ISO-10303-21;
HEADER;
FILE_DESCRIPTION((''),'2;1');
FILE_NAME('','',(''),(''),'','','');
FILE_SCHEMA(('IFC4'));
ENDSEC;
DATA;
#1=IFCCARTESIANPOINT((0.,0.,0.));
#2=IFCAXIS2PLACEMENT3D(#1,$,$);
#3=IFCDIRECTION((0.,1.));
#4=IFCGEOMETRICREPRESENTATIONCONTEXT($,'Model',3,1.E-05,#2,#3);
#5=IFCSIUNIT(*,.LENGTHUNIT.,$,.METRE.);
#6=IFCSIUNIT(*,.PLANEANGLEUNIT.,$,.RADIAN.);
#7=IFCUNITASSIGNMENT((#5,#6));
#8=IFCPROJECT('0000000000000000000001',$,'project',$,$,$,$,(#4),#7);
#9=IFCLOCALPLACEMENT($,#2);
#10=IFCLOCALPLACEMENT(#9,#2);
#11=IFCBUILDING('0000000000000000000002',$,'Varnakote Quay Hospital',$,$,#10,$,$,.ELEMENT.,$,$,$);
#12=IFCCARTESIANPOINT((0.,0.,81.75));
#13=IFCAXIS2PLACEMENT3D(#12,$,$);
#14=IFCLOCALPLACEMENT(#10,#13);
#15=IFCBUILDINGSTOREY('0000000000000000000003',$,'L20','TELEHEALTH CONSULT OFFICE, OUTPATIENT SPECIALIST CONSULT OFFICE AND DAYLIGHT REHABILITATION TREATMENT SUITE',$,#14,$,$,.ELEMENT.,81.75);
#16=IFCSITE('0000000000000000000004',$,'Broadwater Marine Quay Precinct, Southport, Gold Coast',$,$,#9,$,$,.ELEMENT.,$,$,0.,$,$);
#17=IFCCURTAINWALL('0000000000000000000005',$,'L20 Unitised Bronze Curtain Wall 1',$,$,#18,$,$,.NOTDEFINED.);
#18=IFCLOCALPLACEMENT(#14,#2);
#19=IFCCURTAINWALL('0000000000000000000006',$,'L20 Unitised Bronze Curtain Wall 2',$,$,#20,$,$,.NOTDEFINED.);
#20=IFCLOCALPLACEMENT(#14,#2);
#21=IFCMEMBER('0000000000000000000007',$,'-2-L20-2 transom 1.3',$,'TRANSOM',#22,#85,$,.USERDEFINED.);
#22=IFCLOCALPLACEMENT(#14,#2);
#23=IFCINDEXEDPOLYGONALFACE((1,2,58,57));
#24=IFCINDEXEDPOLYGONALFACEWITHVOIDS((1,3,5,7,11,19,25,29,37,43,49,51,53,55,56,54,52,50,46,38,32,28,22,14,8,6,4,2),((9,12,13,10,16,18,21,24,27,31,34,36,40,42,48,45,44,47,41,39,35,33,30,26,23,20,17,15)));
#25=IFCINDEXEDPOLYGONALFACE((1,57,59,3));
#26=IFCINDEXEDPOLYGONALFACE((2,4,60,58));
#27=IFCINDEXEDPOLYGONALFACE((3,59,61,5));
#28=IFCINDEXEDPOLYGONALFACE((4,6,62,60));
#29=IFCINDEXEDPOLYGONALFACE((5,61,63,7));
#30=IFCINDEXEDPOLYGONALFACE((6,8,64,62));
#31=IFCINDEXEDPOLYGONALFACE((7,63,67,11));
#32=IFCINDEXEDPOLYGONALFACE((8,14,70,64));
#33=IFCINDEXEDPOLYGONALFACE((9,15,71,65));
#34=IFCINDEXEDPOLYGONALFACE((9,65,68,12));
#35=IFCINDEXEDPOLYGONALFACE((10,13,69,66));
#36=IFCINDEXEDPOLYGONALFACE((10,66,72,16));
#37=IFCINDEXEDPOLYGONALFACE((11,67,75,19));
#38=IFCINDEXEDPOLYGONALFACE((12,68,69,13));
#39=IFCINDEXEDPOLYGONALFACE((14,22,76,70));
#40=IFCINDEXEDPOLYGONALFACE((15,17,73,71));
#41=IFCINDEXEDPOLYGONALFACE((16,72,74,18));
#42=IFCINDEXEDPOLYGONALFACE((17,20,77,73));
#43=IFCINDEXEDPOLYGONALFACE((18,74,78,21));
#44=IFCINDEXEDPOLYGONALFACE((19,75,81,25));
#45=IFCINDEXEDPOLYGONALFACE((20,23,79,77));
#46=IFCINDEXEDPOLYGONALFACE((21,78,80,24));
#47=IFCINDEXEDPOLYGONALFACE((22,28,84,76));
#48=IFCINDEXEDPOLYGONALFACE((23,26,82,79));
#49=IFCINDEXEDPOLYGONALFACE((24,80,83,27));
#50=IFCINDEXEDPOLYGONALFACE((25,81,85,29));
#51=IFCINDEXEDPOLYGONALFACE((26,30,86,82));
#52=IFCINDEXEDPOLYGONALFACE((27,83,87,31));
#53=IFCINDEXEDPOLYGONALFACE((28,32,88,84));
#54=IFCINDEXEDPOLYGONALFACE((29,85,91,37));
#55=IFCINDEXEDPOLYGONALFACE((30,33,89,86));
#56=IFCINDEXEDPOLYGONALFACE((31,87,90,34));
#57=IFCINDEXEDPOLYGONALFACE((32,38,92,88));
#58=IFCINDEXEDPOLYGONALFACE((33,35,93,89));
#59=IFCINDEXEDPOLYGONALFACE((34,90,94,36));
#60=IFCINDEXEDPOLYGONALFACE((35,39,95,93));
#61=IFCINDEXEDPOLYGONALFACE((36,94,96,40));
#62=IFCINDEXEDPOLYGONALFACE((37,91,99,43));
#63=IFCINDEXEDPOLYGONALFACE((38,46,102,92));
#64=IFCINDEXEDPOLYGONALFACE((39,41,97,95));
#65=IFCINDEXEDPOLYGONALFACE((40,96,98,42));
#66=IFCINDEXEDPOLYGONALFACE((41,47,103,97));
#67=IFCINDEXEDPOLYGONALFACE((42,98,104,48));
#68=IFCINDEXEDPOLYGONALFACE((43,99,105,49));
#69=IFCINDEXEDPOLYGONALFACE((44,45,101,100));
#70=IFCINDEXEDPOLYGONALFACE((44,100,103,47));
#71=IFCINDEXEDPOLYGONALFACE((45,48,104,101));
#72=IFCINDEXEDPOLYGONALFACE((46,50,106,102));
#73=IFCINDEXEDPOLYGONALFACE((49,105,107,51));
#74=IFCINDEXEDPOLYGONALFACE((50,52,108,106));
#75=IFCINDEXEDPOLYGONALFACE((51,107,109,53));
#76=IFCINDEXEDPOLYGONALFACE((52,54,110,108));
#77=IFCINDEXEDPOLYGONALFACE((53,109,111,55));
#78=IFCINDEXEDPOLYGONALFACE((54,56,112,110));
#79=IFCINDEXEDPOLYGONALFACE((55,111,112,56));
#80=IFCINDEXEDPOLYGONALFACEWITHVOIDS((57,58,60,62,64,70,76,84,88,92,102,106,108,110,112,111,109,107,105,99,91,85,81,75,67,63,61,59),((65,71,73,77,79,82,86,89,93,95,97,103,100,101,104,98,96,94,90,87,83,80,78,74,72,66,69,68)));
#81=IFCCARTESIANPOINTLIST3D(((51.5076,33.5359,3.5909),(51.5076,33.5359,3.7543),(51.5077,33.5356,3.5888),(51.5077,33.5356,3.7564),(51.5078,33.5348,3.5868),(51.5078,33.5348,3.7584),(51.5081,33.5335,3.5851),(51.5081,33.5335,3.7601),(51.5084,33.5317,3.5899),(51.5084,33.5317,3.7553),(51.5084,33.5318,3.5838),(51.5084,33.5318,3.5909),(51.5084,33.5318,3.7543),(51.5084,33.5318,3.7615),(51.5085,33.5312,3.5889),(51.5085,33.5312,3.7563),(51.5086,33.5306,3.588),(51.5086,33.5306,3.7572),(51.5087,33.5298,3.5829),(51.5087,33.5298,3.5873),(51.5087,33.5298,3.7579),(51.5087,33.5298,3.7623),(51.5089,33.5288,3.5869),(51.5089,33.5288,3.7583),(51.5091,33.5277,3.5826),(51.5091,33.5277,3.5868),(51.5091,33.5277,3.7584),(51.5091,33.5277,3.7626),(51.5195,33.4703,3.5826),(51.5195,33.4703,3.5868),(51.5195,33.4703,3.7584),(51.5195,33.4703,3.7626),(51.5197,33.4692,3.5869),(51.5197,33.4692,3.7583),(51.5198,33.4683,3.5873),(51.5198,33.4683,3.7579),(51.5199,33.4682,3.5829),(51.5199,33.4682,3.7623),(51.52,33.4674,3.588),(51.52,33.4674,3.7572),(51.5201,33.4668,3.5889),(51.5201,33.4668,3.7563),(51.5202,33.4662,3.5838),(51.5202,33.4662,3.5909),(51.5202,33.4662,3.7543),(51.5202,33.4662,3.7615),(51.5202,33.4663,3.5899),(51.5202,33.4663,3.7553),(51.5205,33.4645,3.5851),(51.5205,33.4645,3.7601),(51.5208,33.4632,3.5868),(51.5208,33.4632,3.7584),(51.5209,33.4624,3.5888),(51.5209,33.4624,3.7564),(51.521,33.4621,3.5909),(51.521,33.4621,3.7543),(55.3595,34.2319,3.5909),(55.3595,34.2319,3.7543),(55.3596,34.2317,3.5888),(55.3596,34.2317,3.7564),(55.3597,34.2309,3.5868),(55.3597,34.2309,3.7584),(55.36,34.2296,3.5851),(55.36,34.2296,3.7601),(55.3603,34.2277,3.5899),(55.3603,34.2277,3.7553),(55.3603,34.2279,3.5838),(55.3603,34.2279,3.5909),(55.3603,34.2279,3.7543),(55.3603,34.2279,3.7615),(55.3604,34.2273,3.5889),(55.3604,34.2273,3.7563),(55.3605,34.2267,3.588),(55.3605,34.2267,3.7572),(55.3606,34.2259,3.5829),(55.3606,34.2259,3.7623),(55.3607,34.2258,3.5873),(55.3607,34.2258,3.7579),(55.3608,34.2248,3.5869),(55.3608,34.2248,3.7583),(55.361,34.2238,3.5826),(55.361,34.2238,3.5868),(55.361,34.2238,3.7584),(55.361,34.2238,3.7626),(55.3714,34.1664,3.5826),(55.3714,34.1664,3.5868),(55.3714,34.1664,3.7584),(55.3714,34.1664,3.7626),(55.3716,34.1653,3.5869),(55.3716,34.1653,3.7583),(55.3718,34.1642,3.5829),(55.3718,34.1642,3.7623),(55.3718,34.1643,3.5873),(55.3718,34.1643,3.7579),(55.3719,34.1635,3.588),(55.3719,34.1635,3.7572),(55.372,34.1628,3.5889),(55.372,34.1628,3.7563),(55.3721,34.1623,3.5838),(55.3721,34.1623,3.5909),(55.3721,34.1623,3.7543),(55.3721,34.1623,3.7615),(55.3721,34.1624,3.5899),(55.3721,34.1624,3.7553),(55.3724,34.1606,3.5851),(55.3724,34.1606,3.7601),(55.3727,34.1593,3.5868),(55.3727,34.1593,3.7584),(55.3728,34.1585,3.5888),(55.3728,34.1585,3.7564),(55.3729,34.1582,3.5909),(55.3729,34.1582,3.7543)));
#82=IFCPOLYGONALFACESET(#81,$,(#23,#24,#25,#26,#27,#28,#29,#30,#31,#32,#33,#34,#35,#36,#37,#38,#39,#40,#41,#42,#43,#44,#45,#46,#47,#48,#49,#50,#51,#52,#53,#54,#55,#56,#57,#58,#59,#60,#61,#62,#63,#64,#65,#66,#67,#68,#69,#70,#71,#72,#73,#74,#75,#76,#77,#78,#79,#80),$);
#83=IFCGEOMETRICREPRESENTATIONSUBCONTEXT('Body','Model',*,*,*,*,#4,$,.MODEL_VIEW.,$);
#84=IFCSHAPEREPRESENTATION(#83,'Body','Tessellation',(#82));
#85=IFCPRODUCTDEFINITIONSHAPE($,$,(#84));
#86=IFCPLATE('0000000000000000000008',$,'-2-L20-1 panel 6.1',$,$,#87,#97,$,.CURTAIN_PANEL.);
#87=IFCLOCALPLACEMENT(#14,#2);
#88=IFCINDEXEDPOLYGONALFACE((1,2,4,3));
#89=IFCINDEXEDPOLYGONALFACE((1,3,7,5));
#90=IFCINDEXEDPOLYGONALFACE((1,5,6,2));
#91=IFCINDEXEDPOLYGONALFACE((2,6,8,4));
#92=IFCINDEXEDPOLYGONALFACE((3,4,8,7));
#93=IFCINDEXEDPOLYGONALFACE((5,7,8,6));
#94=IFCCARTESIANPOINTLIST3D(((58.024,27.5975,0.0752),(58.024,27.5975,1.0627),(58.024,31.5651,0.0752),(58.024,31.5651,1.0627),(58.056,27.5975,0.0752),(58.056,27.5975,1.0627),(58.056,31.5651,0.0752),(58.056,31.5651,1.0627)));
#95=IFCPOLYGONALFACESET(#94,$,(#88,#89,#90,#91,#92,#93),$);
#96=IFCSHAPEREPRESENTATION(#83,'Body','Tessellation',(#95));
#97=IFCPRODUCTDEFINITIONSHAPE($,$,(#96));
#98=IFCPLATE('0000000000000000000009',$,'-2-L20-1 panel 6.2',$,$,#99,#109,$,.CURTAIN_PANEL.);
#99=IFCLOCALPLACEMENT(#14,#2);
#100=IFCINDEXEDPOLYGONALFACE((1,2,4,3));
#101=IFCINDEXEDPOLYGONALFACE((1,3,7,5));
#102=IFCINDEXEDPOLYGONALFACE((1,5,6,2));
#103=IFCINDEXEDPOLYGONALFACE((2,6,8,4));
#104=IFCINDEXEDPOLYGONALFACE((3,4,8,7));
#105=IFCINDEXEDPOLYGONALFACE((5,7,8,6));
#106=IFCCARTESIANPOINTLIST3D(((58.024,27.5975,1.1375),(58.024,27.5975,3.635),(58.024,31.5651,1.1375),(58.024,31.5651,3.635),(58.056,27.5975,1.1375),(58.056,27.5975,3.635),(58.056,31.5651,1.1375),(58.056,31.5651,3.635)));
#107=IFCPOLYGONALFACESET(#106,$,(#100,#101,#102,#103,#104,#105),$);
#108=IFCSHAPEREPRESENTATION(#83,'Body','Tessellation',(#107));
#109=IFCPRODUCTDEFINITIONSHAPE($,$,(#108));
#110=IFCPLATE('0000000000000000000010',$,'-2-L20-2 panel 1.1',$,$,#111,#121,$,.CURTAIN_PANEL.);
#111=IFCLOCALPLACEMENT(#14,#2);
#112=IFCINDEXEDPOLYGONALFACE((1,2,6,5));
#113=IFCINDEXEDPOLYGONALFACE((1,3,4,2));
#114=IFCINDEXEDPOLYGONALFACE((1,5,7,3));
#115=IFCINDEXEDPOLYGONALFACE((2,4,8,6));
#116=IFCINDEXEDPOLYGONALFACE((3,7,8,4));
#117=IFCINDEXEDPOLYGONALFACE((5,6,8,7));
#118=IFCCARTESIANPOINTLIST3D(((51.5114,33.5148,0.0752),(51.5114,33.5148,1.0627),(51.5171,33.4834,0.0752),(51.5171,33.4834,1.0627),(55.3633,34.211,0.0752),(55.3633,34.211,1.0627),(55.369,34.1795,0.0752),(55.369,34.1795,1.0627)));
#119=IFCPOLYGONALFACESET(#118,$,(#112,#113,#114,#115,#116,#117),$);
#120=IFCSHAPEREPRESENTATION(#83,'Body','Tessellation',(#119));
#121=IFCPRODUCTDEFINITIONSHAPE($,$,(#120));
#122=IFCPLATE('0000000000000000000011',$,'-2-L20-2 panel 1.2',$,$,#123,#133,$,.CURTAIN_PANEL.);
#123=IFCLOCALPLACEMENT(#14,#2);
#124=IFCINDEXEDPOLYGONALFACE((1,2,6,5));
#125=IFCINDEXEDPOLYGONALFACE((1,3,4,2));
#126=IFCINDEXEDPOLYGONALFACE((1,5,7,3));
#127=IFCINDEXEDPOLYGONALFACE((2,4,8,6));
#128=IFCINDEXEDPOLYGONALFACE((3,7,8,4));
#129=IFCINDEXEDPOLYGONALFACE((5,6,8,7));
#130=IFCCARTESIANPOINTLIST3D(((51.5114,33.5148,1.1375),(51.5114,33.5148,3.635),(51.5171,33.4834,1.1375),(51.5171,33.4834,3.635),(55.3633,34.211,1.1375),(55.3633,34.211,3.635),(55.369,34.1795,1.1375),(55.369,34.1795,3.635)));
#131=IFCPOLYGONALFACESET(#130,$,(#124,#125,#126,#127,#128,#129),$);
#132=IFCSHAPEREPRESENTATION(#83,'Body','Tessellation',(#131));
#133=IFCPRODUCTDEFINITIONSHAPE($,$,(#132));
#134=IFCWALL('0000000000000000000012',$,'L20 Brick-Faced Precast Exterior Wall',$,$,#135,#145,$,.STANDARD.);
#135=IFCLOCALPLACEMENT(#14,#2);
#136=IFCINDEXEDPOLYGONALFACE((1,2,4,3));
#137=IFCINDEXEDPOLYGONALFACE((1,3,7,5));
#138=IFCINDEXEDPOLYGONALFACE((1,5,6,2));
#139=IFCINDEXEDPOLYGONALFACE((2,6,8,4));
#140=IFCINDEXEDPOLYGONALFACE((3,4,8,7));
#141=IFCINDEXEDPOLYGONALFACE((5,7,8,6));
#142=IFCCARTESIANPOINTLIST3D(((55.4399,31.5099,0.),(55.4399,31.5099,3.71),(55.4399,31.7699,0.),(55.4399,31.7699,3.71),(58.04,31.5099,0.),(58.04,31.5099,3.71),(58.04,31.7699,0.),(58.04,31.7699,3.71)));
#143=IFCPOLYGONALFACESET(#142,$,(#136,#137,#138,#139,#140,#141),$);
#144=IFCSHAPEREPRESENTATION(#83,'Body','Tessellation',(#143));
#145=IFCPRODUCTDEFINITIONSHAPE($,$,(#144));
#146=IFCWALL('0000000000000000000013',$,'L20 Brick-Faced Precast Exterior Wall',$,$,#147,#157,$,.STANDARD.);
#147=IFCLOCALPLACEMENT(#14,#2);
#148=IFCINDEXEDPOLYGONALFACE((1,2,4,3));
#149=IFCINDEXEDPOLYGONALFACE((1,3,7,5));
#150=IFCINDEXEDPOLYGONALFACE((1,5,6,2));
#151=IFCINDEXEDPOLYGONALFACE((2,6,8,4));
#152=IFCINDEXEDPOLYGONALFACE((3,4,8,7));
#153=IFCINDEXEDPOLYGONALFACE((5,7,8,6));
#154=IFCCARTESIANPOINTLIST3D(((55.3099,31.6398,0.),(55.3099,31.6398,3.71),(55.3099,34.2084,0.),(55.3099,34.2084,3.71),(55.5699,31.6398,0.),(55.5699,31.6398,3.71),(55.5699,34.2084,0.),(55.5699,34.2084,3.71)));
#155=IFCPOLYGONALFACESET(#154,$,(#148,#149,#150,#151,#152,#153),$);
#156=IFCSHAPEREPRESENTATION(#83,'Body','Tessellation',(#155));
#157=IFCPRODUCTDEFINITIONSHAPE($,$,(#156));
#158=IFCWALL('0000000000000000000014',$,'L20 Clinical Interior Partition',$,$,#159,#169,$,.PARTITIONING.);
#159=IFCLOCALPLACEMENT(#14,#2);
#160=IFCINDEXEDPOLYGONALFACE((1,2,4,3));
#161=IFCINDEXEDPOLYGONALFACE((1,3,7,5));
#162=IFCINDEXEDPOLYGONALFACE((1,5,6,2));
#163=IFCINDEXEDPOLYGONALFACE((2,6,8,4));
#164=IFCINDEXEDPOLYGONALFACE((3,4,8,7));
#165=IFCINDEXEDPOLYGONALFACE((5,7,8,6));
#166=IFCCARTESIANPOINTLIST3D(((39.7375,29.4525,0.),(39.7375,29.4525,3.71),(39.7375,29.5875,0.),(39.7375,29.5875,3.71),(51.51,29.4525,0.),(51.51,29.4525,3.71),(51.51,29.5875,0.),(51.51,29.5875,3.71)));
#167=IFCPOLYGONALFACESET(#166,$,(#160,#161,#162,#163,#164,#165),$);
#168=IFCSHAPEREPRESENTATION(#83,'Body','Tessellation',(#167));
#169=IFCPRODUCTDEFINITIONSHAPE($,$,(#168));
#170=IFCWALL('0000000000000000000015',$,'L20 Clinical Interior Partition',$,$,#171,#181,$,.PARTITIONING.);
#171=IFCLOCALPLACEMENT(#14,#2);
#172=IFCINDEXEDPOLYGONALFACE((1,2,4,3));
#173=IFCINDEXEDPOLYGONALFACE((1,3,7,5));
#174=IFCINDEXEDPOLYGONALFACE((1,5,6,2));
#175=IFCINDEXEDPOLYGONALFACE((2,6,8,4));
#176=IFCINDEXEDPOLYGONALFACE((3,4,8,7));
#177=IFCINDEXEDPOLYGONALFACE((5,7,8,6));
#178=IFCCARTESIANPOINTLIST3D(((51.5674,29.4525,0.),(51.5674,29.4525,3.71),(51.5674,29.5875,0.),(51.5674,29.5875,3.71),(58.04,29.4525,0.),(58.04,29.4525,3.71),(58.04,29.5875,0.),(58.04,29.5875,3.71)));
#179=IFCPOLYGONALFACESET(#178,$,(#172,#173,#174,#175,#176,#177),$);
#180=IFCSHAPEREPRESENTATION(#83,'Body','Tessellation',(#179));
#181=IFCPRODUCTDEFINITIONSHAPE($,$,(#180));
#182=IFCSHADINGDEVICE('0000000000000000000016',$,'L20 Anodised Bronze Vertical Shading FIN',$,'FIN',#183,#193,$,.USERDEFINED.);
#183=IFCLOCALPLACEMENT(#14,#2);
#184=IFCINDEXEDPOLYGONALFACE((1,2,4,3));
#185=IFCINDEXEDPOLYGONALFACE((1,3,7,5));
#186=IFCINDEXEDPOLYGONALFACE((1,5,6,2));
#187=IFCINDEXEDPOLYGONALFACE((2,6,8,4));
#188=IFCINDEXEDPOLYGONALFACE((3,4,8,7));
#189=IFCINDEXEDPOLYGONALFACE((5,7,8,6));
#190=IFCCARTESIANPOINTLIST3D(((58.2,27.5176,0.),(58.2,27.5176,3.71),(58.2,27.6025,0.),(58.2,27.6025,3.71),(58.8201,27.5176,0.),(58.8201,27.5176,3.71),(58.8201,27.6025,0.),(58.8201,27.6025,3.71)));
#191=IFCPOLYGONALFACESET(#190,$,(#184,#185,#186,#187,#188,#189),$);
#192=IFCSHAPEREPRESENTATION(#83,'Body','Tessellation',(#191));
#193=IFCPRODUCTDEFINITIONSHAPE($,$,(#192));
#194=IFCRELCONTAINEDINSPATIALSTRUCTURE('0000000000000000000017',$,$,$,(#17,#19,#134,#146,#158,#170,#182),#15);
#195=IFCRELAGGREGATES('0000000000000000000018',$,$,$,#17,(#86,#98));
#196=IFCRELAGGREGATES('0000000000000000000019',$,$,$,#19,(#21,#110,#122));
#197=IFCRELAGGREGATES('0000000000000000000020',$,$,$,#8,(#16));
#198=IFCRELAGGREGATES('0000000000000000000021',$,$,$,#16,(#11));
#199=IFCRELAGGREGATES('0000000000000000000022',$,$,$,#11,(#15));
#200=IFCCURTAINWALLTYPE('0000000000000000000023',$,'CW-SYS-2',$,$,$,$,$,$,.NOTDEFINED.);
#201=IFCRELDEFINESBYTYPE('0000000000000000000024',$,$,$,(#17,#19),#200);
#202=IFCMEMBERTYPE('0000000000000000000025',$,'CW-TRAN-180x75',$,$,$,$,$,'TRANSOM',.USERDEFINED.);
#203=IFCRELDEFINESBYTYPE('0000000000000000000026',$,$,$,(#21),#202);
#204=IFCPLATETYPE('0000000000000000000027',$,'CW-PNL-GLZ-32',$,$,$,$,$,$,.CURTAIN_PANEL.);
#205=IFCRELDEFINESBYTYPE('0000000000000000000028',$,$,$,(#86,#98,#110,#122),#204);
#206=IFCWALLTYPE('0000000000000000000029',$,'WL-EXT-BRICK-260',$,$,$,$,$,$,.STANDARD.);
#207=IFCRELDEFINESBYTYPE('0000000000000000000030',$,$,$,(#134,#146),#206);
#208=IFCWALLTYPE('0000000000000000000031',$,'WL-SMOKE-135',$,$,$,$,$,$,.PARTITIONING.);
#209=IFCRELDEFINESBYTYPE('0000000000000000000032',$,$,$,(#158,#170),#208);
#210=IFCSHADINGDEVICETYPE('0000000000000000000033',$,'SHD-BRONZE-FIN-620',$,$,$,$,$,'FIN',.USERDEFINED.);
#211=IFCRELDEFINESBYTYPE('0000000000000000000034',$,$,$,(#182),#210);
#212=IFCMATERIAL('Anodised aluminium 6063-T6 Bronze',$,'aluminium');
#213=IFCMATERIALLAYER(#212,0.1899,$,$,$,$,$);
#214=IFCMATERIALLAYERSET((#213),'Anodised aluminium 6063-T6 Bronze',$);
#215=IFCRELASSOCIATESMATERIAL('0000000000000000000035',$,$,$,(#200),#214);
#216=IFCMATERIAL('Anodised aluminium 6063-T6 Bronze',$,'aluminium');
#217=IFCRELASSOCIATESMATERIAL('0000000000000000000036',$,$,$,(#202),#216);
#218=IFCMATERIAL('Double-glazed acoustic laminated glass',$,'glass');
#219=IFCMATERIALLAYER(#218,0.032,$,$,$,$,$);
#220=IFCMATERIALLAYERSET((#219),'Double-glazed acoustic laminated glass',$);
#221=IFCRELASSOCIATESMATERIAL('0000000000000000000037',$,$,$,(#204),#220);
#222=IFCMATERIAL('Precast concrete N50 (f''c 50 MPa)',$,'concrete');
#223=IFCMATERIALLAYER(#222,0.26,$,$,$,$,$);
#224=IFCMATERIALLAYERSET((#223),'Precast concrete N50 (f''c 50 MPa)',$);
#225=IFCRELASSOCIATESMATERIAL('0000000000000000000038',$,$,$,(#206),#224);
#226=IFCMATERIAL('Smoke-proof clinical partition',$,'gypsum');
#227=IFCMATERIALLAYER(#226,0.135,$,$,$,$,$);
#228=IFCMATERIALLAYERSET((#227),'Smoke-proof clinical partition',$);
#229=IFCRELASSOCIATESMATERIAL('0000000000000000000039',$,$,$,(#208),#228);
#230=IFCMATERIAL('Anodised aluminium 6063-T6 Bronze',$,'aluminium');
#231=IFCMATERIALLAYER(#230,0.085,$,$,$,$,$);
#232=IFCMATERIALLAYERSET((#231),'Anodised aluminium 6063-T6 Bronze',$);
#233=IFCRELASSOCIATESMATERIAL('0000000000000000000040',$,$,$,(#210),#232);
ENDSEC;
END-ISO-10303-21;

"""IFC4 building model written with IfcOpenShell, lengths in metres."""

from ifc_helpers import new_model, si_unit, direction, frame, frame_2d, origin, origin_2d, place, context, subcontext, project, spatial, rectangle, hollow_rectangle, extrude, material, layer, layer_set, material_profile, profile_set, type_object, element, aggregate, save


model = new_model("IFC4")

# Units and contexts
model_context = context("Model", 3, precision=1e-05, world=origin(), true_north=direction((0.0, 1.0)))
body_context = subcontext(model_context, "Body", "Model", "MODEL_VIEW")
ifc_project = project(units=[si_unit("LENGTHUNIT", "METRE"), si_unit("PLANEANGLEUNIT", "RADIAN")], contexts=[model_context])

# Site, building, storey
site_placement = place(None, origin())
site = spatial("IfcSite", under=ifc_project, at=site_placement, Name="Broadwater Marine Quay Precinct, Southport, Gold Coast", CompositionType="ELEMENT", RefElevation=0.0)
building_placement = place(site_placement, origin())
building = spatial("IfcBuilding", under=site, at=building_placement, Name="Varnakote Quay Hospital", CompositionType="ELEMENT")
storey_placement = place(building_placement, frame((0.0, 0.0, 81.75)))
storey = spatial("IfcBuildingStorey", under=building, at=storey_placement, Name="L20", Description="TELEHEALTH CONSULT OFFICE, OUTPATIENT SPECIALIST CONSULT OFFICE AND DAYLIGHT REHABILITATION TREATMENT SUITE", CompositionType="ELEMENT", Elevation=81.75)

# Curtain wall
ifc_material_1 = material(Name="Anodised aluminium 6063-T6 Bronze", Category="aluminium")
ifc_layer_1 = layer(ifc_material_1, 0.1899)
ifc_layer_set_1 = layer_set([ifc_layer_1], Name="Anodised aluminium 6063-T6 Bronze")
curtain_wall_type = type_object("IfcCurtainWallType", Name="CW-SYS-2", PredefinedType="NOTDEFINED", material=ifc_layer_set_1)
curtain_wall_1_placement = place(storey_placement, origin())
curtain_wall_1 = element("IfcCurtainWall", 1, at=curtain_wall_1_placement, inside=storey, type_object=curtain_wall_type, Name="L20 Unitised Bronze Curtain Wall 1", PredefinedType="NOTDEFINED")

# Curtain wall
curtain_wall_2_placement = place(storey_placement, origin())
curtain_wall_2 = element("IfcCurtainWall", 2, at=curtain_wall_2_placement, inside=storey, type_object=curtain_wall_type, Name="L20 Unitised Bronze Curtain Wall 2", PredefinedType="NOTDEFINED")

# Member
ifc_material_2 = material(Name="Anodised aluminium 6063-T6 Bronze", Category="aluminium")
ifc_material_profile_1 = material_profile(ifc_material_2, hollow_rectangle(XDim=0.075, YDim=0.1799, WallThickness=0.0042, InnerFilletRadius=0.0042, OuterFilletRadius=0.0083, at=origin_2d()), Name="CW-TRAN-180x75")
ifc_profile_set_1 = profile_set([ifc_material_profile_1], Name="Anodised aluminium 6063-T6 Bronze")
member_type_1 = type_object("IfcMemberType", Name="CW-TRAN-180x75", ElementType="TRANSOM", PredefinedType="USERDEFINED", material=ifc_profile_set_1)
member_1_placement = place(storey_placement, frame((55.3662, 34.1951, 3.6726), z_axis=(-0.984062, -0.177826, 0.0), x_axis=(0.177826, -0.984062, 0.0)))
member_1 = element("IfcMember", 3, at=member_1_placement, type_object=member_type_1, Name="-2-L20-2 transom 1.3", ObjectType="TRANSOM", PredefinedType="USERDEFINED", context=body_context, shape_type="SweptSolid", body=[
    extrude(hollow_rectangle(XDim=0.075, YDim=0.1799, WallThickness=0.0042, InnerFilletRadius=0.0042, OuterFilletRadius=0.0083, at=origin_2d()), origin(), (0.0, 0.0, 1.0), 3.9143),
])

# Plates
ifc_material_3 = material(Name="Double-glazed acoustic laminated glass", Category="glass")
ifc_layer_2 = layer(ifc_material_3, 0.032)
ifc_layer_set_2 = layer_set([ifc_layer_2], Name="Double-glazed acoustic laminated glass")
plate_type = type_object("IfcPlateType", Name="CW-PNL-GLZ-32", PredefinedType="CURTAIN_PANEL", material=ifc_layer_set_2)
plate_1_placement = place(storey_placement, frame((58.04, 29.5813, 0.0752), z_axis=(0.0, 0.0, 1.0), x_axis=(0.0, 1.0, 0.0)))
plate_1 = element("IfcPlate", 4, at=plate_1_placement, type_object=plate_type, Name="-2-L20-1 panel 6.1", PredefinedType="CURTAIN_PANEL", context=body_context, shape_type="SweptSolid", body=[
    extrude(rectangle(XDim=3.9675, YDim=0.032, at=origin_2d()), origin(), (0.0, 0.0, 1.0), 0.9875),
])
plate_2_placement = place(storey_placement, frame((58.04, 29.5813, 1.1375), z_axis=(0.0, 0.0, 1.0), x_axis=(0.0, 1.0, 0.0)))
plate_2 = element("IfcPlate", 5, at=plate_2_placement, type_object=plate_type, Name="-2-L20-1 panel 6.2", PredefinedType="CURTAIN_PANEL", context=body_context, shape_type="SweptSolid", body=[
    extrude(rectangle(XDim=3.9675, YDim=0.032, at=origin_2d()), origin(), (0.0, 0.0, 1.0), 2.4976),
])
aggregate(curtain_wall_1, [plate_1, plate_2])
plate_3_placement = place(storey_placement, frame((53.4402, 33.8472, 0.0752), z_axis=(0.0, 0.0, 1.0), x_axis=(-0.984058, -0.177846, 0.0)))
plate_3 = element("IfcPlate", 6, at=plate_3_placement, type_object=plate_type, Name="-2-L20-2 panel 1.1", PredefinedType="CURTAIN_PANEL", context=body_context, shape_type="SweptSolid", body=[
    extrude(rectangle(XDim=3.9143, YDim=0.032, at=origin_2d()), origin(), (0.0, 0.0, 1.0), 0.9875),
])
plate_4_placement = place(storey_placement, frame((53.4402, 33.8472, 1.1375), z_axis=(0.0, 0.0, 1.0), x_axis=(-0.984058, -0.177846, 0.0)))
plate_4 = element("IfcPlate", 7, at=plate_4_placement, type_object=plate_type, Name="-2-L20-2 panel 1.2", PredefinedType="CURTAIN_PANEL", context=body_context, shape_type="SweptSolid", body=[
    extrude(rectangle(XDim=3.9143, YDim=0.032, at=origin_2d()), origin(), (0.0, 0.0, 1.0), 2.4976),
])
aggregate(curtain_wall_2, [member_1, plate_3, plate_4])

# Walls
ifc_material_4 = material(Name="Precast concrete N50 (f'c 50 MPa)", Category="concrete")
ifc_layer_3 = layer(ifc_material_4, 0.26)
ifc_layer_set_3 = layer_set([ifc_layer_3], Name="Precast concrete N50 (f'c 50 MPa)")
wall_type_1 = type_object("IfcWallType", Name="WL-EXT-BRICK-260", PredefinedType="STANDARD", material=ifc_layer_set_3)
wall_1_placement = place(storey_placement, frame((58.04, 31.6399, 0.0), z_axis=(0.0, 0.0, 1.0), x_axis=(-1.0, 0.0, 0.0)))
element("IfcWall", 8, at=wall_1_placement, inside=storey, type_object=wall_type_1, Name="L20 Brick-Faced Precast Exterior Wall", PredefinedType="STANDARD", context=body_context, shape_type="SweptSolid", body=[
    extrude(rectangle(XDim=2.6001, YDim=0.26, at=frame_2d((1.3, 0.0))), origin(), (0.0, 0.0, 1.0), 3.71),
])
wall_2_placement = place(storey_placement, frame((55.4399, 31.6399, 0.0), z_axis=(0.0, 0.0, 1.0), x_axis=(0.0, 1.0, 0.0)))
element("IfcWall", 9, at=wall_2_placement, inside=storey, type_object=wall_type_1, Name="L20 Brick-Faced Precast Exterior Wall", PredefinedType="STANDARD", context=body_context, shape_type="SweptSolid", body=[
    extrude(rectangle(XDim=2.5686, YDim=0.26, at=frame_2d((1.2842, 0.0))), origin(), (0.0, 0.0, 1.0), 3.71),
])
ifc_material_5 = material(Name="Smoke-proof clinical partition", Category="gypsum")
ifc_layer_4 = layer(ifc_material_5, 0.135)
ifc_layer_set_4 = layer_set([ifc_layer_4], Name="Smoke-proof clinical partition")
wall_type_2 = type_object("IfcWallType", Name="WL-SMOKE-135", PredefinedType="PARTITIONING", material=ifc_layer_set_4)
wall_3_placement = place(storey_placement, frame((51.51, 29.52, 0.0), z_axis=(0.0, 0.0, 1.0), x_axis=(-1.0, 0.0, 0.0)))
element("IfcWall", 10, at=wall_3_placement, inside=storey, type_object=wall_type_2, Name="L20 Clinical Interior Partition", PredefinedType="PARTITIONING", context=body_context, shape_type="SweptSolid", body=[
    extrude(rectangle(XDim=11.7725, YDim=0.135, at=frame_2d((5.8862, 0.0))), origin(), (0.0, 0.0, 1.0), 3.71),
])
wall_4_placement = place(storey_placement, frame((58.04, 29.52, 0.0), z_axis=(0.0, 0.0, 1.0), x_axis=(-1.0, 0.0, 0.0)))
element("IfcWall", 11, at=wall_4_placement, inside=storey, type_object=wall_type_2, Name="L20 Clinical Interior Partition", PredefinedType="PARTITIONING", context=body_context, shape_type="SweptSolid", body=[
    extrude(rectangle(XDim=6.4727, YDim=0.135, at=frame_2d((3.2363, 0.0))), origin(), (0.0, 0.0, 1.0), 3.71),
])

# Shading device
ifc_material_6 = material(Name="Anodised aluminium 6063-T6 Bronze", Category="aluminium")
ifc_layer_5 = layer(ifc_material_6, 0.085)
ifc_layer_set_5 = layer_set([ifc_layer_5], Name="Anodised aluminium 6063-T6 Bronze")
shading_device_type = type_object("IfcShadingDeviceType", Name="SHD-BRONZE-FIN-620", ElementType="FIN", PredefinedType="USERDEFINED", material=ifc_layer_set_5)
for number, where, z_axis, x_axis, name in (
    (12, (58.51, 27.5601, 0.0), (0.0, 0.0, 1.0), (-1.0, 0.0, 0.0), "L20 Anodised Bronze Vertical Shading FIN"),
):
    element("IfcShadingDevice", number, at=place(storey_placement, frame(where, z_axis=z_axis, x_axis=x_axis)), inside=storey, type_object=shading_device_type, Name=name, ObjectType="FIN", PredefinedType="USERDEFINED", context=body_context, shape_type="SweptSolid", body=[
        extrude(rectangle(XDim=0.6201, YDim=0.085, at=origin_2d()), origin(), (0.0, 0.0, 1.0), 3.71),
    ])

save(model, "model.ifc")
